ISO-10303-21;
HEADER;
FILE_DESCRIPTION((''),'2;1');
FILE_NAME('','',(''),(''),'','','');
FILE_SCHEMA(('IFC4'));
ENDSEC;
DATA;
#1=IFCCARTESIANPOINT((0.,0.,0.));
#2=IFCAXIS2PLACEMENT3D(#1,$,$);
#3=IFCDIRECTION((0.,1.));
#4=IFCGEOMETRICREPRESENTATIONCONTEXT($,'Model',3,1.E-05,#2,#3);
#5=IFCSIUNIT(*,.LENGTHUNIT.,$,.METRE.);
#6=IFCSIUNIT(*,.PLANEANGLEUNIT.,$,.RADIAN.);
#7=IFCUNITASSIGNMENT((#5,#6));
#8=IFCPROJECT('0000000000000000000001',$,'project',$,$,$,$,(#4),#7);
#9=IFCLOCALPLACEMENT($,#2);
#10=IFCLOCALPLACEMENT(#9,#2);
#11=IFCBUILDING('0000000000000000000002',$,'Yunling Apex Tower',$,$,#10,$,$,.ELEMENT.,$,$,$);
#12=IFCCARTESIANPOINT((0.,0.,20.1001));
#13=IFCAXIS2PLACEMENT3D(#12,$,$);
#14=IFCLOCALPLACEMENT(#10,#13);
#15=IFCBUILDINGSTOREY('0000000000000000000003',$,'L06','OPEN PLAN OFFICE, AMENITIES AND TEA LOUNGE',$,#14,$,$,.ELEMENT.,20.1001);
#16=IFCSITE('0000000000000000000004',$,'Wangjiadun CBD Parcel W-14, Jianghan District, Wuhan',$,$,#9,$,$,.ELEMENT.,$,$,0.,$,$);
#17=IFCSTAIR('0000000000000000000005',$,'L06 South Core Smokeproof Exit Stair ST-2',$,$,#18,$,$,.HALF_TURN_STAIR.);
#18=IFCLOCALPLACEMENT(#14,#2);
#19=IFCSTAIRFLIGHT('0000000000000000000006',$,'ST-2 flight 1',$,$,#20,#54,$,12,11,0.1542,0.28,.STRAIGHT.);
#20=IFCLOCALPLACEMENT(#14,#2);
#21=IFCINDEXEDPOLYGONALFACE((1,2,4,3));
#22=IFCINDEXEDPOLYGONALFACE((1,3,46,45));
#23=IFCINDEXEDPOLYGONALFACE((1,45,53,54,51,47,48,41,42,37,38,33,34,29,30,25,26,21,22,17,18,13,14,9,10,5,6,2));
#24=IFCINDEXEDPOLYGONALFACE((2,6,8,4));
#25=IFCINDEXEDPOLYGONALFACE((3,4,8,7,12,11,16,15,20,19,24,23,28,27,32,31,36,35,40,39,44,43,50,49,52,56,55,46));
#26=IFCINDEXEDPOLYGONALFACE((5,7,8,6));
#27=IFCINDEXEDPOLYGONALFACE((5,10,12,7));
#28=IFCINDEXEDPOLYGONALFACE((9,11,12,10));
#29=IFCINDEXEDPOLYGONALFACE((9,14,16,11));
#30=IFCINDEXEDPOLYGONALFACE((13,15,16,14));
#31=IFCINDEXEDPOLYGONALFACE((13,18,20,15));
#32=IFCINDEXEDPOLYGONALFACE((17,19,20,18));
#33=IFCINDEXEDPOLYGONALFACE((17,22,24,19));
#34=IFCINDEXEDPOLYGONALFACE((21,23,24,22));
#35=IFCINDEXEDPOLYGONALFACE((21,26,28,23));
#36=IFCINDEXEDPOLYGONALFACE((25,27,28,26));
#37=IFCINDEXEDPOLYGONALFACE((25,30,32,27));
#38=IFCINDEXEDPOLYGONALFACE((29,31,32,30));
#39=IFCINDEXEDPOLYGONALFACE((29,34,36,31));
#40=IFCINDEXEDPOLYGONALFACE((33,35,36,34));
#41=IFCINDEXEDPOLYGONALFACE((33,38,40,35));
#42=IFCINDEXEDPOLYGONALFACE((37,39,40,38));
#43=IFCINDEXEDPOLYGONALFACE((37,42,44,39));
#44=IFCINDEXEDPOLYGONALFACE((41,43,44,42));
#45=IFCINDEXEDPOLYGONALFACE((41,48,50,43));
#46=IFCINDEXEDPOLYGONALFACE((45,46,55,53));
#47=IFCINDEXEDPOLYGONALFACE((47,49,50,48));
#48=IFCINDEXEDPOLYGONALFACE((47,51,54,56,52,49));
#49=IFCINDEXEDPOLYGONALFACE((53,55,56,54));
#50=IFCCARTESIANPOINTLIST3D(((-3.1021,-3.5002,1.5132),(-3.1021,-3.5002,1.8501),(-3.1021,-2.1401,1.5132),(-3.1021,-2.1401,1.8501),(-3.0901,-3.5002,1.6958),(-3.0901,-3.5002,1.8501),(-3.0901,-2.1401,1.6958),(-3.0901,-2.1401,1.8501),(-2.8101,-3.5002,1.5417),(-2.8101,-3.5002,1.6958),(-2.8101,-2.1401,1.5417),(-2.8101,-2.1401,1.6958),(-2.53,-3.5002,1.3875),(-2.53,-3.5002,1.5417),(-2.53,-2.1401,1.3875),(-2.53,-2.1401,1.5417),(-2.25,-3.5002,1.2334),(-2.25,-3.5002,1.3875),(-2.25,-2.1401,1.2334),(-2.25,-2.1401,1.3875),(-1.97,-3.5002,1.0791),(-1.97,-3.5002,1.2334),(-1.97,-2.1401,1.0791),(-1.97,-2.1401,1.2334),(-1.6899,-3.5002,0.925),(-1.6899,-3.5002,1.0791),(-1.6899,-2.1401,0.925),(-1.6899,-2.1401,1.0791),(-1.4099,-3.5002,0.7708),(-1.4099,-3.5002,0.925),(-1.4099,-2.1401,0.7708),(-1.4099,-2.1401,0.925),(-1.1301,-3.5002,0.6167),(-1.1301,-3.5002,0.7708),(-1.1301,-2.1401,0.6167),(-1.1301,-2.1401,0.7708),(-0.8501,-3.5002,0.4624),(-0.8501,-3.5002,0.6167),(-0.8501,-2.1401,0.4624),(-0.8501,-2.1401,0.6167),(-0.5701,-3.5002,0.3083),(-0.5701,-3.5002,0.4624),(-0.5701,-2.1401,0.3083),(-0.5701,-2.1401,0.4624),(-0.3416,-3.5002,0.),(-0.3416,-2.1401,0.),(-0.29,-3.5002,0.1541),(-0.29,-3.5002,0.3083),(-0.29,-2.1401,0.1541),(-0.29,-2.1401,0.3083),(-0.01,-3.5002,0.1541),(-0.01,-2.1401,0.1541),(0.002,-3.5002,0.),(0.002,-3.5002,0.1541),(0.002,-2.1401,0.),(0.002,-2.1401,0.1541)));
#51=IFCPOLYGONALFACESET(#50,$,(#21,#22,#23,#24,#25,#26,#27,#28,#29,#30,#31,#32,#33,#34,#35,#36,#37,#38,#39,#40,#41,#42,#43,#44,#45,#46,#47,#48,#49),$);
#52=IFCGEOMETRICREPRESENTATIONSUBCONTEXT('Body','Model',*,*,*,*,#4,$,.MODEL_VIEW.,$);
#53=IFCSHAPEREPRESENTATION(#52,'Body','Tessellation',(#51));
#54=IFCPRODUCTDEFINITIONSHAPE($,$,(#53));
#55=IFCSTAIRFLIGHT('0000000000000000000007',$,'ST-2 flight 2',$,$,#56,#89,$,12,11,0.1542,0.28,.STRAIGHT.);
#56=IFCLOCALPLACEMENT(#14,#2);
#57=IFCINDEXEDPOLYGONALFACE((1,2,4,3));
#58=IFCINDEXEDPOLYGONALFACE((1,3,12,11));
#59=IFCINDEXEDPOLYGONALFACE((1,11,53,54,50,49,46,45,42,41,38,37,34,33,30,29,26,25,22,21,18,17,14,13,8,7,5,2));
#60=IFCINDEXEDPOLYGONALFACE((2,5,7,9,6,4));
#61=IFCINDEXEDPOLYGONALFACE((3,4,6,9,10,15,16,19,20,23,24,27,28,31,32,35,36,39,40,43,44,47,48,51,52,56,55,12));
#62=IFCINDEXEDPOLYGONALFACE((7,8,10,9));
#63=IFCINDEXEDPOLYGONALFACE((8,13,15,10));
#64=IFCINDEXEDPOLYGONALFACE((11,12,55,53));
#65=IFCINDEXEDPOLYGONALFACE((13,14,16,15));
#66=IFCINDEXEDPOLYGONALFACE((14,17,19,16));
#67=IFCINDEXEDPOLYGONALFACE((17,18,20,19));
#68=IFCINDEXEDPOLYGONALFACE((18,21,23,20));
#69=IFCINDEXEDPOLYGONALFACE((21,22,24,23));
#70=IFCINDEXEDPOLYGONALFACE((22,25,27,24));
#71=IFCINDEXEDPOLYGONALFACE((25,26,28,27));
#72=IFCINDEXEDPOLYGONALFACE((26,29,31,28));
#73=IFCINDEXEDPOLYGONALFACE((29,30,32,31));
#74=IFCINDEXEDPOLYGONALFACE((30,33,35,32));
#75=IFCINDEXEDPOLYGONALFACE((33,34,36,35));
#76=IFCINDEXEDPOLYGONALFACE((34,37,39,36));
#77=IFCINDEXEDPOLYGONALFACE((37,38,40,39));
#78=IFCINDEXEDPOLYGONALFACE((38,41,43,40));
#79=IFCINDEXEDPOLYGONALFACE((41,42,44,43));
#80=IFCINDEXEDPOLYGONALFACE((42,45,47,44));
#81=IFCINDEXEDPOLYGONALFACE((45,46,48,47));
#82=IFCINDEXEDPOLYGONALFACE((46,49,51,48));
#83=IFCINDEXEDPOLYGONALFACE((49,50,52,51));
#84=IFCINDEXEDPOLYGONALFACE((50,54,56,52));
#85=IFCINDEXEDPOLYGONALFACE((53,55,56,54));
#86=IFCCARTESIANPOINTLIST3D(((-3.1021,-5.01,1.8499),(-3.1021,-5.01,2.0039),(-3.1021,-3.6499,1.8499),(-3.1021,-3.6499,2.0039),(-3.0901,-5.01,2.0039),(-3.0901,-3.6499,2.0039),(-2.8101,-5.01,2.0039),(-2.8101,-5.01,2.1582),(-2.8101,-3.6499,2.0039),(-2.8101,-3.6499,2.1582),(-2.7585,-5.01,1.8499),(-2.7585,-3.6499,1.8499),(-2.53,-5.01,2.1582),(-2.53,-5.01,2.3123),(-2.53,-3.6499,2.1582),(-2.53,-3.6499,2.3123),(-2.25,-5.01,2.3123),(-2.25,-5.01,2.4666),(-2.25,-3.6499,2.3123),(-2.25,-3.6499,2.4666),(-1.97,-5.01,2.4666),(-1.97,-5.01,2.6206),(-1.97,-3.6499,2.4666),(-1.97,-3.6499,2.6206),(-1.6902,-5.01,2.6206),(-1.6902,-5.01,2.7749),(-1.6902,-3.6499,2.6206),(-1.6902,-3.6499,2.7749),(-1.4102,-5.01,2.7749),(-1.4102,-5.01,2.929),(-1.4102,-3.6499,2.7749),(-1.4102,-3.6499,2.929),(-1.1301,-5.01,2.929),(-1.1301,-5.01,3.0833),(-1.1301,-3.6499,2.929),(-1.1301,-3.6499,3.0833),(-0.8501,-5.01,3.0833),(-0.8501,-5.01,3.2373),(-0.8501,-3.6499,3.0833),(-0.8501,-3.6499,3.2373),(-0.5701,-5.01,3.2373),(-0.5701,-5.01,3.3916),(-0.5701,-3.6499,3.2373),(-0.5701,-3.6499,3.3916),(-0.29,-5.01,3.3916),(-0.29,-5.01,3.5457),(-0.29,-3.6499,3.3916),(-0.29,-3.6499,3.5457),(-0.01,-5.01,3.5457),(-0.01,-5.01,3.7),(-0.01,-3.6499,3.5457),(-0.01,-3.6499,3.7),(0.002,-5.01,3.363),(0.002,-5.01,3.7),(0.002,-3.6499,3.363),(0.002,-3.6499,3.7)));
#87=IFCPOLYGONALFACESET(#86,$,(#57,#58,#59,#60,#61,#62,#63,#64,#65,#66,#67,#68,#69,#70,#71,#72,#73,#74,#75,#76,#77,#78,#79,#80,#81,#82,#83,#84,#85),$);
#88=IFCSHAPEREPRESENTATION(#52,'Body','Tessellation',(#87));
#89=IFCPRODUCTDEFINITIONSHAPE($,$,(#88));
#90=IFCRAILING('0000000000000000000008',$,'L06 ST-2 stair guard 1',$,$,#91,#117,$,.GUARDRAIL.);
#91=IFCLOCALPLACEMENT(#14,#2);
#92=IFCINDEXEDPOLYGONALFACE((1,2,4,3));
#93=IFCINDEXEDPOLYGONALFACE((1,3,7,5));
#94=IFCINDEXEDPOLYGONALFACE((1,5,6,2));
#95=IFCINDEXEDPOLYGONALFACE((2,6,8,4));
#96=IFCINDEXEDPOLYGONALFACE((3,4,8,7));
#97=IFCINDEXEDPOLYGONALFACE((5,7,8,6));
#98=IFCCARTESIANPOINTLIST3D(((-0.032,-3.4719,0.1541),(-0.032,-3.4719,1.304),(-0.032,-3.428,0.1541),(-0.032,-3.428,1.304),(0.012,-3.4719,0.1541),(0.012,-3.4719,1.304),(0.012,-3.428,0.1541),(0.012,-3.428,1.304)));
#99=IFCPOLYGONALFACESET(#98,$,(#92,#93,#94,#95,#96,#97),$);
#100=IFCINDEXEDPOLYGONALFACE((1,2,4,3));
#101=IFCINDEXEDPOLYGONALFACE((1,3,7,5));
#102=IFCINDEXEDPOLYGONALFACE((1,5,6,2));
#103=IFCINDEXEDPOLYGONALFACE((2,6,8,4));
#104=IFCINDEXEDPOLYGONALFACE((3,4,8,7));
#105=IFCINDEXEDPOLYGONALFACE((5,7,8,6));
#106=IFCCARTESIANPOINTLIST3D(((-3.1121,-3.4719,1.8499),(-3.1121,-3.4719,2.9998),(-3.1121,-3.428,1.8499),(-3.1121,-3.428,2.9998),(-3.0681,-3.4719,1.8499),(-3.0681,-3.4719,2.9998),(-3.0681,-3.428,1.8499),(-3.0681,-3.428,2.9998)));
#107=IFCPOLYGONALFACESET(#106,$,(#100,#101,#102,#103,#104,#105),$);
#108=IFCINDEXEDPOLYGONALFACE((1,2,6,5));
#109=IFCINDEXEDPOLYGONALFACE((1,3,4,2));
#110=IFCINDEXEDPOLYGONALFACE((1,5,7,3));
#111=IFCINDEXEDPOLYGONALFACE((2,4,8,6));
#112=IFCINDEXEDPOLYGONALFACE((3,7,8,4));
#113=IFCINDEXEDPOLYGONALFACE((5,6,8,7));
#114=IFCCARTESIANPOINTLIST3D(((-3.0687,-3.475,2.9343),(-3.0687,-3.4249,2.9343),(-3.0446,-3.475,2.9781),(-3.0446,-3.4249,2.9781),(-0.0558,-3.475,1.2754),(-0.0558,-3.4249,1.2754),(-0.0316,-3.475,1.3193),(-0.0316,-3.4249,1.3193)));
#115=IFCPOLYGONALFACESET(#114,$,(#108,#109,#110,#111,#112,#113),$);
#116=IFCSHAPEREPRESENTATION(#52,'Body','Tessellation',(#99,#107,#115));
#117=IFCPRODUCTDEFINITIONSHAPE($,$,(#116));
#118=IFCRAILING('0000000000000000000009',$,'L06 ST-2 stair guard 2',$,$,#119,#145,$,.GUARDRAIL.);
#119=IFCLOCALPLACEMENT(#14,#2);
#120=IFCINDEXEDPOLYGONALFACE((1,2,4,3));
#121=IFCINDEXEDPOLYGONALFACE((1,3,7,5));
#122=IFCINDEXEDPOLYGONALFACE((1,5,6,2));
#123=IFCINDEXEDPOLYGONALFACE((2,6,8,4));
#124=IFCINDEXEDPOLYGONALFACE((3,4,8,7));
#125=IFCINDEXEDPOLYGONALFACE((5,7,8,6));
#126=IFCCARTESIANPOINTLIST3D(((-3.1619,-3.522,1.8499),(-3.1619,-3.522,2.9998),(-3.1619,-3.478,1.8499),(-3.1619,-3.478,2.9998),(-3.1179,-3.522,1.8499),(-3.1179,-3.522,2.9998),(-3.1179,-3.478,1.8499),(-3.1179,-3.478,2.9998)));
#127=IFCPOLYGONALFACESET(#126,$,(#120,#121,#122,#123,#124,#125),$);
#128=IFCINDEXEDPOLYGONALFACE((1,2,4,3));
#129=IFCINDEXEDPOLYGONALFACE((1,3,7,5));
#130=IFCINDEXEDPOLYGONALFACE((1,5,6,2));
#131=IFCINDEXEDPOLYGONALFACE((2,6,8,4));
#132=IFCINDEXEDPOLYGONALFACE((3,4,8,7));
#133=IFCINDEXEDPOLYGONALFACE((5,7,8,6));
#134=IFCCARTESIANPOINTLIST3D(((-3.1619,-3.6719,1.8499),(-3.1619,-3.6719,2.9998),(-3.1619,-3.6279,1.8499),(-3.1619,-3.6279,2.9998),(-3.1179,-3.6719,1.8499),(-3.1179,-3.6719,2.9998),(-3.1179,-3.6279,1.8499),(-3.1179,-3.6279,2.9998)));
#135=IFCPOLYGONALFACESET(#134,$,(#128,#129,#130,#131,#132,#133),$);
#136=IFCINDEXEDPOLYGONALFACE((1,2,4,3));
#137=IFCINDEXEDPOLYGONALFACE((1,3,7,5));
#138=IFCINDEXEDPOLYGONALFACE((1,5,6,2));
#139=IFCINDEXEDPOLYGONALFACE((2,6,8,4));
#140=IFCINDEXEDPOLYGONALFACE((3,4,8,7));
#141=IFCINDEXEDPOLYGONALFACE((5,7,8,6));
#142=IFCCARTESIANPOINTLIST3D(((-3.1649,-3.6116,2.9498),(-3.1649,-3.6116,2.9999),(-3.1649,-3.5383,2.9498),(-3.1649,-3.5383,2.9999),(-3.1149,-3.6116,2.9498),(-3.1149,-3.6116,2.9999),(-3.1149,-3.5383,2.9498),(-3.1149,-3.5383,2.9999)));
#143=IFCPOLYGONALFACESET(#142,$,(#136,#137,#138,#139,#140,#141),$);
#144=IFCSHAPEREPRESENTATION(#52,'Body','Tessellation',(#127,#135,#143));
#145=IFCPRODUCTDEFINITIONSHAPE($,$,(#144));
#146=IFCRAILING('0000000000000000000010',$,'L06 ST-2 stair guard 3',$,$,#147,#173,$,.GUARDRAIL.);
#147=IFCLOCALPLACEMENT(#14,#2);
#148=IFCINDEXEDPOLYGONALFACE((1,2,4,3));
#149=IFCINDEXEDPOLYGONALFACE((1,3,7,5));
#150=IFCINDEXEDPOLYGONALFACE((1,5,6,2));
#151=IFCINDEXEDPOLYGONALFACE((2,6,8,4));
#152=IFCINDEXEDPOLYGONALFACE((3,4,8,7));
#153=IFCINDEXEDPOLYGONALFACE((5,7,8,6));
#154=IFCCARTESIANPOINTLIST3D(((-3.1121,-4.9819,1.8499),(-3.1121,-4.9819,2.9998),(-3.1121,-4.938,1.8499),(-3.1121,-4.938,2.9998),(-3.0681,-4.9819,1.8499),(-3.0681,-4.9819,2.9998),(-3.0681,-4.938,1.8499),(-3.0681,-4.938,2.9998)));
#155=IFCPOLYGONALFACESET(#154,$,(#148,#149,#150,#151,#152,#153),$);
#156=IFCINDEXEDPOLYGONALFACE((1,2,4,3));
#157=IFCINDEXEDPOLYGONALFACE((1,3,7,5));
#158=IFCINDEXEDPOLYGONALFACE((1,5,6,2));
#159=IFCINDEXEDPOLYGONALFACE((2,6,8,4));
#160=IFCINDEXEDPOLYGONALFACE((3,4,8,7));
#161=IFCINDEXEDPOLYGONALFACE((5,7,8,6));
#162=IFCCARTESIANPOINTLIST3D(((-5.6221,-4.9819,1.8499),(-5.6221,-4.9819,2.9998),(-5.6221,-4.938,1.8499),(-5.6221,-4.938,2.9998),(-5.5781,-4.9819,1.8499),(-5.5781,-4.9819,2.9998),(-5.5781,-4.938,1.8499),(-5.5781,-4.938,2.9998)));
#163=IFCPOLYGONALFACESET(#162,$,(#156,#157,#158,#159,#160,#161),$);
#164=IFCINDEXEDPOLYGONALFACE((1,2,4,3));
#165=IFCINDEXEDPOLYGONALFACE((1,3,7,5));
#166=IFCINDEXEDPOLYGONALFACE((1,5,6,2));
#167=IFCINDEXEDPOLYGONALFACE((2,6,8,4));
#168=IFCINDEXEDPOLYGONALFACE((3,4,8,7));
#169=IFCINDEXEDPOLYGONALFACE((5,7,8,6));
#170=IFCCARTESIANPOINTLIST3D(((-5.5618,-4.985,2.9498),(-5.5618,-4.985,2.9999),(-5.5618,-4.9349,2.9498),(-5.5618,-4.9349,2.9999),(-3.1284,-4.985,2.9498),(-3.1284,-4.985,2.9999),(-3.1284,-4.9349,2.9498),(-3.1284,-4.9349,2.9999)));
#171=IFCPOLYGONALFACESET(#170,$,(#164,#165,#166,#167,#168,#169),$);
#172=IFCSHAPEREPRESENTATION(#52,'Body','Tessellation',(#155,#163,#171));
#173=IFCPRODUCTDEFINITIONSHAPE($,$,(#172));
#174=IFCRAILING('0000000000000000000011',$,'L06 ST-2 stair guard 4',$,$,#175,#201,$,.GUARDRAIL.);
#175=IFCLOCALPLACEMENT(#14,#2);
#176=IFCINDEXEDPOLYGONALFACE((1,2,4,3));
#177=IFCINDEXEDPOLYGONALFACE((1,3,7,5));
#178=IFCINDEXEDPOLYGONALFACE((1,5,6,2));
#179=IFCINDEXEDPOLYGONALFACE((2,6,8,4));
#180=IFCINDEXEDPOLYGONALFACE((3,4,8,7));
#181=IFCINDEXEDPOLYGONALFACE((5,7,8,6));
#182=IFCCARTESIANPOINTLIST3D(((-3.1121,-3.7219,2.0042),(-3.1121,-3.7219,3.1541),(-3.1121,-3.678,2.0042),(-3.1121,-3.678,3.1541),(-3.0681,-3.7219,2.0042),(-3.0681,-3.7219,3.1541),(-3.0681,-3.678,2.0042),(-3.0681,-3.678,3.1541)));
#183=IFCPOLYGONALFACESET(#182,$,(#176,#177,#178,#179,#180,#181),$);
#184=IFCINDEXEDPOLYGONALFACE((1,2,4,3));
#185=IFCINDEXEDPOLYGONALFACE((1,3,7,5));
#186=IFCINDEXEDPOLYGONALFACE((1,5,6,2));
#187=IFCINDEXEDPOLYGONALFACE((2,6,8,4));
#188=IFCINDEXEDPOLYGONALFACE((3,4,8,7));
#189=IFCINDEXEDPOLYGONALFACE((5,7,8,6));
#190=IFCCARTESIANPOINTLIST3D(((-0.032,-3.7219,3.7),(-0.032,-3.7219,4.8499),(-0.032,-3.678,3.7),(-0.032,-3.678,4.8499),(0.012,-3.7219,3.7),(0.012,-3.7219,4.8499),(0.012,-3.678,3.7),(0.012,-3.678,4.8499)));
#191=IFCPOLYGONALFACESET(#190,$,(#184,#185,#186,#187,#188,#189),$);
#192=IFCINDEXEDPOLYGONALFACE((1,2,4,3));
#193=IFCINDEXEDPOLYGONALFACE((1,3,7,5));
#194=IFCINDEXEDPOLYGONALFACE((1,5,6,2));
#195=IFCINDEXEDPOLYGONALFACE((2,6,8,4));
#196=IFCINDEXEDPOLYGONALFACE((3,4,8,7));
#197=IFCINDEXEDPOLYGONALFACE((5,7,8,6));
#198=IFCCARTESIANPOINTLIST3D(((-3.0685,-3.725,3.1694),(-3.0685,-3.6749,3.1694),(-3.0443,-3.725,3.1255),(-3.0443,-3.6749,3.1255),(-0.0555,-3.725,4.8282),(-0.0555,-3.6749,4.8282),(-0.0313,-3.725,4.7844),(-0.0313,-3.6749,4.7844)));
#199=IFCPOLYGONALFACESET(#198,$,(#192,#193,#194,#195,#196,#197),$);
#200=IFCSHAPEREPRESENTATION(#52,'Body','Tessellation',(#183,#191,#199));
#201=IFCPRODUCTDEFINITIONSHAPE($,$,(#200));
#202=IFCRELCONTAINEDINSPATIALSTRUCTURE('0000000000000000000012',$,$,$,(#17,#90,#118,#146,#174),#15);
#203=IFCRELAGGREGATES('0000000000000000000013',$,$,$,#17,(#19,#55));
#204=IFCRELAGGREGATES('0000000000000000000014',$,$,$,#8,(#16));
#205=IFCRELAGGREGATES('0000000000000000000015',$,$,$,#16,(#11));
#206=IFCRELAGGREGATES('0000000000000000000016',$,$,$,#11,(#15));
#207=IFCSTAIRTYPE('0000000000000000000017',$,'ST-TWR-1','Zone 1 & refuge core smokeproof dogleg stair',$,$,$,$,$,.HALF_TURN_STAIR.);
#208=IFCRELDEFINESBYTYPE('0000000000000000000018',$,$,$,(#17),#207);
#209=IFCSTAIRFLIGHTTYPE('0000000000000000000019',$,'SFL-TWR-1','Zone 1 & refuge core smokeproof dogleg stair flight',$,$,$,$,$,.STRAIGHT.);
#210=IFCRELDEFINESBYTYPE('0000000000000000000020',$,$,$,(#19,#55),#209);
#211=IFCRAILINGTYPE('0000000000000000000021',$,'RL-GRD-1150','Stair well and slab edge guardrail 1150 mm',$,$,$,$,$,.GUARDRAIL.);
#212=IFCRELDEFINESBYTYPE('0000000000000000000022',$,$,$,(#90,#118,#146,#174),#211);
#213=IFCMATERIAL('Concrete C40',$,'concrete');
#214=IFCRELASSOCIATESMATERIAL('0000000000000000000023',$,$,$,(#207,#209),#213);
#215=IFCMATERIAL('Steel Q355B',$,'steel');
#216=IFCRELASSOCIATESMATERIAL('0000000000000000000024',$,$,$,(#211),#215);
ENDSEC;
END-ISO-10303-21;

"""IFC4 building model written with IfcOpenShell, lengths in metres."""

from ifc_helpers import new_model, si_unit, direction, frame, origin, origin_2d, place, context, subcontext, project, spatial, polyline, rectangle, outline, extrude, material, type_object, element, aggregate, save


model = new_model("IFC4")

# Units and contexts
model_context = context("Model", 3, precision=1e-05, world=origin(), true_north=direction((0.0, 1.0)))
body_context = subcontext(model_context, "Body", "Model", "MODEL_VIEW")
ifc_project = project(units=[si_unit("LENGTHUNIT", "METRE"), si_unit("PLANEANGLEUNIT", "RADIAN")], contexts=[model_context])

# Site, building, storey
site_placement = place(None, origin())
site = spatial("IfcSite", under=ifc_project, at=site_placement, Name="Wangjiadun CBD Parcel W-14, Jianghan District, Wuhan", CompositionType="ELEMENT", RefElevation=0.0)
building_placement = place(site_placement, origin())
building = spatial("IfcBuilding", under=site, at=building_placement, Name="Yunling Apex Tower", CompositionType="ELEMENT")
storey_placement = place(building_placement, frame((0.0, 0.0, 20.1001)))
storey = spatial("IfcBuildingStorey", under=building, at=storey_placement, Name="L06", Description="OPEN PLAN OFFICE, AMENITIES AND TEA LOUNGE", CompositionType="ELEMENT", Elevation=20.1001)

# Shared definitions
ifc_material_1 = material(Name="Steel Q355B", Category="steel")

# Shared definitions
ifc_material_2 = material(Name="Concrete C40", Category="concrete")

# Stair, stair flights
stair_type = type_object("IfcStairType", Name="ST-TWR-1", Description="Zone 1 & refuge core smokeproof dogleg stair", PredefinedType="HALF_TURN_STAIR", material=ifc_material_2)
stair_placement = place(storey_placement, origin())
stair = element("IfcStair", 1, at=stair_placement, inside=storey, type_object=stair_type, Name="L06 South Core Smokeproof Exit Stair ST-2", PredefinedType="HALF_TURN_STAIR")
stair_flight_type = type_object("IfcStairFlightType", Name="SFL-TWR-1", Description="Zone 1 & refuge core smokeproof dogleg stair flight", PredefinedType="STRAIGHT", material=ifc_material_2)
stair_flight_1_placement = place(storey_placement, frame((-0.01, -2.8201, 0.0), z_axis=(0.0, 0.0, 1.0), x_axis=(-1.0, 0.0, 0.0)))
stair_flight_1 = element("IfcStairFlight", 2, at=stair_flight_1_placement, type_object=stair_flight_type, Name="ST-2 flight 1", NumberOfRisers=12, NumberOfTreads=11, PredefinedType="STRAIGHT", RiserHeight=0.1542, TreadLength=0.28, context=body_context, shape_type="SweptSolid", body=[
    extrude(outline(polyline([(-0.012, 0.0), (-0.012, 0.1541), (0.0, 0.1541), (0.28, 0.1541), (0.28, 0.3083), (0.5601, 0.3083), (0.5601, 0.4624), (0.8401, 0.4624), (0.8401, 0.6167), (1.1201, 0.6167), (1.1201, 0.7708), (1.3999, 0.7708), (1.3999, 0.925), (1.6799, 0.925), (1.6799, 1.0791), (1.96, 1.0791), (1.96, 1.2334), (2.24, 1.2334), (2.24, 1.3875), (2.52, 1.3875), (2.52, 1.5417), (2.8, 1.5417), (2.8, 1.6958), (3.0801, 1.6958), (3.0801, 1.8501), (3.092, 1.8501), (3.092, 1.5132), (0.3315, 0.0), (-0.012, 0.0)])), frame((0.0, 0.6802, 0.0), z_axis=(0.0, -1.0, 0.0), x_axis=(1.0, 0.0, 0.0)), (0.0, 0.0, 1.0), 1.3601),
])
stair_flight_2_placement = place(storey_placement, frame((-3.0901, -4.3301, 1.8499), z_axis=(0.0, 0.0, 1.0), x_axis=(1.0, 0.0, 0.0)))
stair_flight_2 = element("IfcStairFlight", 3, at=stair_flight_2_placement, type_object=stair_flight_type, Name="ST-2 flight 2", NumberOfRisers=12, NumberOfTreads=11, PredefinedType="STRAIGHT", RiserHeight=0.1542, TreadLength=0.28, context=body_context, shape_type="SweptSolid", body=[
    extrude(outline(polyline([(-0.012, 0.0), (-0.012, 0.1541), (0.0, 0.1541), (0.28, 0.1541), (0.28, 0.3083), (0.5601, 0.3083), (0.5601, 0.4624), (0.8401, 0.4624), (0.8401, 0.6167), (1.1201, 0.6167), (1.1201, 0.7708), (1.3999, 0.7708), (1.3999, 0.925), (1.6799, 0.925), (1.6799, 1.0791), (1.96, 1.0791), (1.96, 1.2334), (2.24, 1.2334), (2.24, 1.3875), (2.52, 1.3875), (2.52, 1.5417), (2.8, 1.5417), (2.8, 1.6958), (3.0801, 1.6958), (3.0801, 1.8501), (3.092, 1.8501), (3.092, 1.5132), (0.3315, 0.0), (-0.012, 0.0)])), frame((0.0, 0.6802, 0.0), z_axis=(0.0, -1.0, 0.0), x_axis=(1.0, 0.0, 0.0)), (0.0, 0.0, 1.0), 1.3601),
])
aggregate(stair, [stair_flight_1, stair_flight_2])

# Railings
railing_type_1 = type_object("IfcRailingType", Name="RL-GRD-1150", Description="Stair well and slab edge guardrail 1150 mm", PredefinedType="GUARDRAIL", material=ifc_material_1)
railing_1_placement = place(storey_placement, frame((-0.01, -3.45, 0.1541)))
element("IfcRailing", 4, at=railing_1_placement, inside=storey, type_object=railing_type_1, Name="L06 ST-2 stair guard 1", PredefinedType="GUARDRAIL", context=body_context, shape_type="SweptSolid", body=[
    extrude(rectangle(XDim=0.0439, YDim=0.0439, at=origin_2d()), origin(), (0.0, 0.0, 1.0), 1.1499),
    extrude(rectangle(XDim=0.0439, YDim=0.0439, at=origin_2d()), frame((-3.0801, 0.0, 1.6958)), (0.0, 0.0, 1.0), 1.1499),
    extrude(rectangle(XDim=0.05, YDim=0.05, at=origin_2d()), frame((-0.0337, 0.0, 1.1433), z_axis=(-0.876005, 0.0, 0.482303), x_axis=(0.0, -1.0, 0.0)), (0.0, 0.0, 1.0), 3.4395),
])
railing_2_placement = place(storey_placement, frame((-3.1399, -3.5, 1.8499)))
element("IfcRailing", 5, at=railing_2_placement, inside=storey, type_object=railing_type_1, Name="L06 ST-2 stair guard 2", PredefinedType="GUARDRAIL", context=body_context, shape_type="SweptSolid", body=[
    extrude(rectangle(XDim=0.0439, YDim=0.0439, at=origin_2d()), origin(), (0.0, 0.0, 1.0), 1.1499),
    extrude(rectangle(XDim=0.0439, YDim=0.0439, at=origin_2d()), frame((0.0, -0.1499, 0.0)), (0.0, 0.0, 1.0), 1.1499),
    extrude(rectangle(XDim=0.05, YDim=0.05, at=origin_2d()), frame((0.0, -0.0383, 1.125), z_axis=(0.0, -1.0, 0.0), x_axis=(1.0, 0.0, 0.0)), (0.0, 0.0, 1.0), 0.0732),
])
railing_3_placement = place(storey_placement, frame((-3.0901, -4.96, 1.8499)))
element("IfcRailing", 6, at=railing_3_placement, inside=storey, type_object=railing_type_1, Name="L06 ST-2 stair guard 3", PredefinedType="GUARDRAIL", context=body_context, shape_type="SweptSolid", body=[
    extrude(rectangle(XDim=0.0439, YDim=0.0439, at=origin_2d()), origin(), (0.0, 0.0, 1.0), 1.1499),
    extrude(rectangle(XDim=0.0439, YDim=0.0439, at=origin_2d()), frame((-2.51, 0.0, 0.0)), (0.0, 0.0, 1.0), 1.1499),
    extrude(rectangle(XDim=0.05, YDim=0.05, at=origin_2d()), frame((-0.0383, 0.0, 1.125), z_axis=(-1.0, 0.0, 0.0), x_axis=(0.0, -1.0, 0.0)), (0.0, 0.0, 1.0), 2.4333),
])
railing_4_placement = place(storey_placement, frame((-3.0901, -3.7, 2.0042)))
element("IfcRailing", 7, at=railing_4_placement, inside=storey, type_object=railing_type_1, Name="L06 ST-2 stair guard 4", PredefinedType="GUARDRAIL", context=body_context, shape_type="SweptSolid", body=[
    extrude(rectangle(XDim=0.0439, YDim=0.0439, at=origin_2d()), origin(), (0.0, 0.0, 1.0), 1.1499),
    extrude(rectangle(XDim=0.0439, YDim=0.0439, at=origin_2d()), frame((3.0801, 0.0, 1.6958)), (0.0, 0.0, 1.0), 1.1499),
    extrude(rectangle(XDim=0.05, YDim=0.05, at=origin_2d()), frame((0.0337, 0.0, 1.1433), z_axis=(0.876005, 0.0, 0.482303), x_axis=(0.0, 1.0, 0.0)), (0.0, 0.0, 1.0), 3.4395),
])

save(model, "model.ifc")
